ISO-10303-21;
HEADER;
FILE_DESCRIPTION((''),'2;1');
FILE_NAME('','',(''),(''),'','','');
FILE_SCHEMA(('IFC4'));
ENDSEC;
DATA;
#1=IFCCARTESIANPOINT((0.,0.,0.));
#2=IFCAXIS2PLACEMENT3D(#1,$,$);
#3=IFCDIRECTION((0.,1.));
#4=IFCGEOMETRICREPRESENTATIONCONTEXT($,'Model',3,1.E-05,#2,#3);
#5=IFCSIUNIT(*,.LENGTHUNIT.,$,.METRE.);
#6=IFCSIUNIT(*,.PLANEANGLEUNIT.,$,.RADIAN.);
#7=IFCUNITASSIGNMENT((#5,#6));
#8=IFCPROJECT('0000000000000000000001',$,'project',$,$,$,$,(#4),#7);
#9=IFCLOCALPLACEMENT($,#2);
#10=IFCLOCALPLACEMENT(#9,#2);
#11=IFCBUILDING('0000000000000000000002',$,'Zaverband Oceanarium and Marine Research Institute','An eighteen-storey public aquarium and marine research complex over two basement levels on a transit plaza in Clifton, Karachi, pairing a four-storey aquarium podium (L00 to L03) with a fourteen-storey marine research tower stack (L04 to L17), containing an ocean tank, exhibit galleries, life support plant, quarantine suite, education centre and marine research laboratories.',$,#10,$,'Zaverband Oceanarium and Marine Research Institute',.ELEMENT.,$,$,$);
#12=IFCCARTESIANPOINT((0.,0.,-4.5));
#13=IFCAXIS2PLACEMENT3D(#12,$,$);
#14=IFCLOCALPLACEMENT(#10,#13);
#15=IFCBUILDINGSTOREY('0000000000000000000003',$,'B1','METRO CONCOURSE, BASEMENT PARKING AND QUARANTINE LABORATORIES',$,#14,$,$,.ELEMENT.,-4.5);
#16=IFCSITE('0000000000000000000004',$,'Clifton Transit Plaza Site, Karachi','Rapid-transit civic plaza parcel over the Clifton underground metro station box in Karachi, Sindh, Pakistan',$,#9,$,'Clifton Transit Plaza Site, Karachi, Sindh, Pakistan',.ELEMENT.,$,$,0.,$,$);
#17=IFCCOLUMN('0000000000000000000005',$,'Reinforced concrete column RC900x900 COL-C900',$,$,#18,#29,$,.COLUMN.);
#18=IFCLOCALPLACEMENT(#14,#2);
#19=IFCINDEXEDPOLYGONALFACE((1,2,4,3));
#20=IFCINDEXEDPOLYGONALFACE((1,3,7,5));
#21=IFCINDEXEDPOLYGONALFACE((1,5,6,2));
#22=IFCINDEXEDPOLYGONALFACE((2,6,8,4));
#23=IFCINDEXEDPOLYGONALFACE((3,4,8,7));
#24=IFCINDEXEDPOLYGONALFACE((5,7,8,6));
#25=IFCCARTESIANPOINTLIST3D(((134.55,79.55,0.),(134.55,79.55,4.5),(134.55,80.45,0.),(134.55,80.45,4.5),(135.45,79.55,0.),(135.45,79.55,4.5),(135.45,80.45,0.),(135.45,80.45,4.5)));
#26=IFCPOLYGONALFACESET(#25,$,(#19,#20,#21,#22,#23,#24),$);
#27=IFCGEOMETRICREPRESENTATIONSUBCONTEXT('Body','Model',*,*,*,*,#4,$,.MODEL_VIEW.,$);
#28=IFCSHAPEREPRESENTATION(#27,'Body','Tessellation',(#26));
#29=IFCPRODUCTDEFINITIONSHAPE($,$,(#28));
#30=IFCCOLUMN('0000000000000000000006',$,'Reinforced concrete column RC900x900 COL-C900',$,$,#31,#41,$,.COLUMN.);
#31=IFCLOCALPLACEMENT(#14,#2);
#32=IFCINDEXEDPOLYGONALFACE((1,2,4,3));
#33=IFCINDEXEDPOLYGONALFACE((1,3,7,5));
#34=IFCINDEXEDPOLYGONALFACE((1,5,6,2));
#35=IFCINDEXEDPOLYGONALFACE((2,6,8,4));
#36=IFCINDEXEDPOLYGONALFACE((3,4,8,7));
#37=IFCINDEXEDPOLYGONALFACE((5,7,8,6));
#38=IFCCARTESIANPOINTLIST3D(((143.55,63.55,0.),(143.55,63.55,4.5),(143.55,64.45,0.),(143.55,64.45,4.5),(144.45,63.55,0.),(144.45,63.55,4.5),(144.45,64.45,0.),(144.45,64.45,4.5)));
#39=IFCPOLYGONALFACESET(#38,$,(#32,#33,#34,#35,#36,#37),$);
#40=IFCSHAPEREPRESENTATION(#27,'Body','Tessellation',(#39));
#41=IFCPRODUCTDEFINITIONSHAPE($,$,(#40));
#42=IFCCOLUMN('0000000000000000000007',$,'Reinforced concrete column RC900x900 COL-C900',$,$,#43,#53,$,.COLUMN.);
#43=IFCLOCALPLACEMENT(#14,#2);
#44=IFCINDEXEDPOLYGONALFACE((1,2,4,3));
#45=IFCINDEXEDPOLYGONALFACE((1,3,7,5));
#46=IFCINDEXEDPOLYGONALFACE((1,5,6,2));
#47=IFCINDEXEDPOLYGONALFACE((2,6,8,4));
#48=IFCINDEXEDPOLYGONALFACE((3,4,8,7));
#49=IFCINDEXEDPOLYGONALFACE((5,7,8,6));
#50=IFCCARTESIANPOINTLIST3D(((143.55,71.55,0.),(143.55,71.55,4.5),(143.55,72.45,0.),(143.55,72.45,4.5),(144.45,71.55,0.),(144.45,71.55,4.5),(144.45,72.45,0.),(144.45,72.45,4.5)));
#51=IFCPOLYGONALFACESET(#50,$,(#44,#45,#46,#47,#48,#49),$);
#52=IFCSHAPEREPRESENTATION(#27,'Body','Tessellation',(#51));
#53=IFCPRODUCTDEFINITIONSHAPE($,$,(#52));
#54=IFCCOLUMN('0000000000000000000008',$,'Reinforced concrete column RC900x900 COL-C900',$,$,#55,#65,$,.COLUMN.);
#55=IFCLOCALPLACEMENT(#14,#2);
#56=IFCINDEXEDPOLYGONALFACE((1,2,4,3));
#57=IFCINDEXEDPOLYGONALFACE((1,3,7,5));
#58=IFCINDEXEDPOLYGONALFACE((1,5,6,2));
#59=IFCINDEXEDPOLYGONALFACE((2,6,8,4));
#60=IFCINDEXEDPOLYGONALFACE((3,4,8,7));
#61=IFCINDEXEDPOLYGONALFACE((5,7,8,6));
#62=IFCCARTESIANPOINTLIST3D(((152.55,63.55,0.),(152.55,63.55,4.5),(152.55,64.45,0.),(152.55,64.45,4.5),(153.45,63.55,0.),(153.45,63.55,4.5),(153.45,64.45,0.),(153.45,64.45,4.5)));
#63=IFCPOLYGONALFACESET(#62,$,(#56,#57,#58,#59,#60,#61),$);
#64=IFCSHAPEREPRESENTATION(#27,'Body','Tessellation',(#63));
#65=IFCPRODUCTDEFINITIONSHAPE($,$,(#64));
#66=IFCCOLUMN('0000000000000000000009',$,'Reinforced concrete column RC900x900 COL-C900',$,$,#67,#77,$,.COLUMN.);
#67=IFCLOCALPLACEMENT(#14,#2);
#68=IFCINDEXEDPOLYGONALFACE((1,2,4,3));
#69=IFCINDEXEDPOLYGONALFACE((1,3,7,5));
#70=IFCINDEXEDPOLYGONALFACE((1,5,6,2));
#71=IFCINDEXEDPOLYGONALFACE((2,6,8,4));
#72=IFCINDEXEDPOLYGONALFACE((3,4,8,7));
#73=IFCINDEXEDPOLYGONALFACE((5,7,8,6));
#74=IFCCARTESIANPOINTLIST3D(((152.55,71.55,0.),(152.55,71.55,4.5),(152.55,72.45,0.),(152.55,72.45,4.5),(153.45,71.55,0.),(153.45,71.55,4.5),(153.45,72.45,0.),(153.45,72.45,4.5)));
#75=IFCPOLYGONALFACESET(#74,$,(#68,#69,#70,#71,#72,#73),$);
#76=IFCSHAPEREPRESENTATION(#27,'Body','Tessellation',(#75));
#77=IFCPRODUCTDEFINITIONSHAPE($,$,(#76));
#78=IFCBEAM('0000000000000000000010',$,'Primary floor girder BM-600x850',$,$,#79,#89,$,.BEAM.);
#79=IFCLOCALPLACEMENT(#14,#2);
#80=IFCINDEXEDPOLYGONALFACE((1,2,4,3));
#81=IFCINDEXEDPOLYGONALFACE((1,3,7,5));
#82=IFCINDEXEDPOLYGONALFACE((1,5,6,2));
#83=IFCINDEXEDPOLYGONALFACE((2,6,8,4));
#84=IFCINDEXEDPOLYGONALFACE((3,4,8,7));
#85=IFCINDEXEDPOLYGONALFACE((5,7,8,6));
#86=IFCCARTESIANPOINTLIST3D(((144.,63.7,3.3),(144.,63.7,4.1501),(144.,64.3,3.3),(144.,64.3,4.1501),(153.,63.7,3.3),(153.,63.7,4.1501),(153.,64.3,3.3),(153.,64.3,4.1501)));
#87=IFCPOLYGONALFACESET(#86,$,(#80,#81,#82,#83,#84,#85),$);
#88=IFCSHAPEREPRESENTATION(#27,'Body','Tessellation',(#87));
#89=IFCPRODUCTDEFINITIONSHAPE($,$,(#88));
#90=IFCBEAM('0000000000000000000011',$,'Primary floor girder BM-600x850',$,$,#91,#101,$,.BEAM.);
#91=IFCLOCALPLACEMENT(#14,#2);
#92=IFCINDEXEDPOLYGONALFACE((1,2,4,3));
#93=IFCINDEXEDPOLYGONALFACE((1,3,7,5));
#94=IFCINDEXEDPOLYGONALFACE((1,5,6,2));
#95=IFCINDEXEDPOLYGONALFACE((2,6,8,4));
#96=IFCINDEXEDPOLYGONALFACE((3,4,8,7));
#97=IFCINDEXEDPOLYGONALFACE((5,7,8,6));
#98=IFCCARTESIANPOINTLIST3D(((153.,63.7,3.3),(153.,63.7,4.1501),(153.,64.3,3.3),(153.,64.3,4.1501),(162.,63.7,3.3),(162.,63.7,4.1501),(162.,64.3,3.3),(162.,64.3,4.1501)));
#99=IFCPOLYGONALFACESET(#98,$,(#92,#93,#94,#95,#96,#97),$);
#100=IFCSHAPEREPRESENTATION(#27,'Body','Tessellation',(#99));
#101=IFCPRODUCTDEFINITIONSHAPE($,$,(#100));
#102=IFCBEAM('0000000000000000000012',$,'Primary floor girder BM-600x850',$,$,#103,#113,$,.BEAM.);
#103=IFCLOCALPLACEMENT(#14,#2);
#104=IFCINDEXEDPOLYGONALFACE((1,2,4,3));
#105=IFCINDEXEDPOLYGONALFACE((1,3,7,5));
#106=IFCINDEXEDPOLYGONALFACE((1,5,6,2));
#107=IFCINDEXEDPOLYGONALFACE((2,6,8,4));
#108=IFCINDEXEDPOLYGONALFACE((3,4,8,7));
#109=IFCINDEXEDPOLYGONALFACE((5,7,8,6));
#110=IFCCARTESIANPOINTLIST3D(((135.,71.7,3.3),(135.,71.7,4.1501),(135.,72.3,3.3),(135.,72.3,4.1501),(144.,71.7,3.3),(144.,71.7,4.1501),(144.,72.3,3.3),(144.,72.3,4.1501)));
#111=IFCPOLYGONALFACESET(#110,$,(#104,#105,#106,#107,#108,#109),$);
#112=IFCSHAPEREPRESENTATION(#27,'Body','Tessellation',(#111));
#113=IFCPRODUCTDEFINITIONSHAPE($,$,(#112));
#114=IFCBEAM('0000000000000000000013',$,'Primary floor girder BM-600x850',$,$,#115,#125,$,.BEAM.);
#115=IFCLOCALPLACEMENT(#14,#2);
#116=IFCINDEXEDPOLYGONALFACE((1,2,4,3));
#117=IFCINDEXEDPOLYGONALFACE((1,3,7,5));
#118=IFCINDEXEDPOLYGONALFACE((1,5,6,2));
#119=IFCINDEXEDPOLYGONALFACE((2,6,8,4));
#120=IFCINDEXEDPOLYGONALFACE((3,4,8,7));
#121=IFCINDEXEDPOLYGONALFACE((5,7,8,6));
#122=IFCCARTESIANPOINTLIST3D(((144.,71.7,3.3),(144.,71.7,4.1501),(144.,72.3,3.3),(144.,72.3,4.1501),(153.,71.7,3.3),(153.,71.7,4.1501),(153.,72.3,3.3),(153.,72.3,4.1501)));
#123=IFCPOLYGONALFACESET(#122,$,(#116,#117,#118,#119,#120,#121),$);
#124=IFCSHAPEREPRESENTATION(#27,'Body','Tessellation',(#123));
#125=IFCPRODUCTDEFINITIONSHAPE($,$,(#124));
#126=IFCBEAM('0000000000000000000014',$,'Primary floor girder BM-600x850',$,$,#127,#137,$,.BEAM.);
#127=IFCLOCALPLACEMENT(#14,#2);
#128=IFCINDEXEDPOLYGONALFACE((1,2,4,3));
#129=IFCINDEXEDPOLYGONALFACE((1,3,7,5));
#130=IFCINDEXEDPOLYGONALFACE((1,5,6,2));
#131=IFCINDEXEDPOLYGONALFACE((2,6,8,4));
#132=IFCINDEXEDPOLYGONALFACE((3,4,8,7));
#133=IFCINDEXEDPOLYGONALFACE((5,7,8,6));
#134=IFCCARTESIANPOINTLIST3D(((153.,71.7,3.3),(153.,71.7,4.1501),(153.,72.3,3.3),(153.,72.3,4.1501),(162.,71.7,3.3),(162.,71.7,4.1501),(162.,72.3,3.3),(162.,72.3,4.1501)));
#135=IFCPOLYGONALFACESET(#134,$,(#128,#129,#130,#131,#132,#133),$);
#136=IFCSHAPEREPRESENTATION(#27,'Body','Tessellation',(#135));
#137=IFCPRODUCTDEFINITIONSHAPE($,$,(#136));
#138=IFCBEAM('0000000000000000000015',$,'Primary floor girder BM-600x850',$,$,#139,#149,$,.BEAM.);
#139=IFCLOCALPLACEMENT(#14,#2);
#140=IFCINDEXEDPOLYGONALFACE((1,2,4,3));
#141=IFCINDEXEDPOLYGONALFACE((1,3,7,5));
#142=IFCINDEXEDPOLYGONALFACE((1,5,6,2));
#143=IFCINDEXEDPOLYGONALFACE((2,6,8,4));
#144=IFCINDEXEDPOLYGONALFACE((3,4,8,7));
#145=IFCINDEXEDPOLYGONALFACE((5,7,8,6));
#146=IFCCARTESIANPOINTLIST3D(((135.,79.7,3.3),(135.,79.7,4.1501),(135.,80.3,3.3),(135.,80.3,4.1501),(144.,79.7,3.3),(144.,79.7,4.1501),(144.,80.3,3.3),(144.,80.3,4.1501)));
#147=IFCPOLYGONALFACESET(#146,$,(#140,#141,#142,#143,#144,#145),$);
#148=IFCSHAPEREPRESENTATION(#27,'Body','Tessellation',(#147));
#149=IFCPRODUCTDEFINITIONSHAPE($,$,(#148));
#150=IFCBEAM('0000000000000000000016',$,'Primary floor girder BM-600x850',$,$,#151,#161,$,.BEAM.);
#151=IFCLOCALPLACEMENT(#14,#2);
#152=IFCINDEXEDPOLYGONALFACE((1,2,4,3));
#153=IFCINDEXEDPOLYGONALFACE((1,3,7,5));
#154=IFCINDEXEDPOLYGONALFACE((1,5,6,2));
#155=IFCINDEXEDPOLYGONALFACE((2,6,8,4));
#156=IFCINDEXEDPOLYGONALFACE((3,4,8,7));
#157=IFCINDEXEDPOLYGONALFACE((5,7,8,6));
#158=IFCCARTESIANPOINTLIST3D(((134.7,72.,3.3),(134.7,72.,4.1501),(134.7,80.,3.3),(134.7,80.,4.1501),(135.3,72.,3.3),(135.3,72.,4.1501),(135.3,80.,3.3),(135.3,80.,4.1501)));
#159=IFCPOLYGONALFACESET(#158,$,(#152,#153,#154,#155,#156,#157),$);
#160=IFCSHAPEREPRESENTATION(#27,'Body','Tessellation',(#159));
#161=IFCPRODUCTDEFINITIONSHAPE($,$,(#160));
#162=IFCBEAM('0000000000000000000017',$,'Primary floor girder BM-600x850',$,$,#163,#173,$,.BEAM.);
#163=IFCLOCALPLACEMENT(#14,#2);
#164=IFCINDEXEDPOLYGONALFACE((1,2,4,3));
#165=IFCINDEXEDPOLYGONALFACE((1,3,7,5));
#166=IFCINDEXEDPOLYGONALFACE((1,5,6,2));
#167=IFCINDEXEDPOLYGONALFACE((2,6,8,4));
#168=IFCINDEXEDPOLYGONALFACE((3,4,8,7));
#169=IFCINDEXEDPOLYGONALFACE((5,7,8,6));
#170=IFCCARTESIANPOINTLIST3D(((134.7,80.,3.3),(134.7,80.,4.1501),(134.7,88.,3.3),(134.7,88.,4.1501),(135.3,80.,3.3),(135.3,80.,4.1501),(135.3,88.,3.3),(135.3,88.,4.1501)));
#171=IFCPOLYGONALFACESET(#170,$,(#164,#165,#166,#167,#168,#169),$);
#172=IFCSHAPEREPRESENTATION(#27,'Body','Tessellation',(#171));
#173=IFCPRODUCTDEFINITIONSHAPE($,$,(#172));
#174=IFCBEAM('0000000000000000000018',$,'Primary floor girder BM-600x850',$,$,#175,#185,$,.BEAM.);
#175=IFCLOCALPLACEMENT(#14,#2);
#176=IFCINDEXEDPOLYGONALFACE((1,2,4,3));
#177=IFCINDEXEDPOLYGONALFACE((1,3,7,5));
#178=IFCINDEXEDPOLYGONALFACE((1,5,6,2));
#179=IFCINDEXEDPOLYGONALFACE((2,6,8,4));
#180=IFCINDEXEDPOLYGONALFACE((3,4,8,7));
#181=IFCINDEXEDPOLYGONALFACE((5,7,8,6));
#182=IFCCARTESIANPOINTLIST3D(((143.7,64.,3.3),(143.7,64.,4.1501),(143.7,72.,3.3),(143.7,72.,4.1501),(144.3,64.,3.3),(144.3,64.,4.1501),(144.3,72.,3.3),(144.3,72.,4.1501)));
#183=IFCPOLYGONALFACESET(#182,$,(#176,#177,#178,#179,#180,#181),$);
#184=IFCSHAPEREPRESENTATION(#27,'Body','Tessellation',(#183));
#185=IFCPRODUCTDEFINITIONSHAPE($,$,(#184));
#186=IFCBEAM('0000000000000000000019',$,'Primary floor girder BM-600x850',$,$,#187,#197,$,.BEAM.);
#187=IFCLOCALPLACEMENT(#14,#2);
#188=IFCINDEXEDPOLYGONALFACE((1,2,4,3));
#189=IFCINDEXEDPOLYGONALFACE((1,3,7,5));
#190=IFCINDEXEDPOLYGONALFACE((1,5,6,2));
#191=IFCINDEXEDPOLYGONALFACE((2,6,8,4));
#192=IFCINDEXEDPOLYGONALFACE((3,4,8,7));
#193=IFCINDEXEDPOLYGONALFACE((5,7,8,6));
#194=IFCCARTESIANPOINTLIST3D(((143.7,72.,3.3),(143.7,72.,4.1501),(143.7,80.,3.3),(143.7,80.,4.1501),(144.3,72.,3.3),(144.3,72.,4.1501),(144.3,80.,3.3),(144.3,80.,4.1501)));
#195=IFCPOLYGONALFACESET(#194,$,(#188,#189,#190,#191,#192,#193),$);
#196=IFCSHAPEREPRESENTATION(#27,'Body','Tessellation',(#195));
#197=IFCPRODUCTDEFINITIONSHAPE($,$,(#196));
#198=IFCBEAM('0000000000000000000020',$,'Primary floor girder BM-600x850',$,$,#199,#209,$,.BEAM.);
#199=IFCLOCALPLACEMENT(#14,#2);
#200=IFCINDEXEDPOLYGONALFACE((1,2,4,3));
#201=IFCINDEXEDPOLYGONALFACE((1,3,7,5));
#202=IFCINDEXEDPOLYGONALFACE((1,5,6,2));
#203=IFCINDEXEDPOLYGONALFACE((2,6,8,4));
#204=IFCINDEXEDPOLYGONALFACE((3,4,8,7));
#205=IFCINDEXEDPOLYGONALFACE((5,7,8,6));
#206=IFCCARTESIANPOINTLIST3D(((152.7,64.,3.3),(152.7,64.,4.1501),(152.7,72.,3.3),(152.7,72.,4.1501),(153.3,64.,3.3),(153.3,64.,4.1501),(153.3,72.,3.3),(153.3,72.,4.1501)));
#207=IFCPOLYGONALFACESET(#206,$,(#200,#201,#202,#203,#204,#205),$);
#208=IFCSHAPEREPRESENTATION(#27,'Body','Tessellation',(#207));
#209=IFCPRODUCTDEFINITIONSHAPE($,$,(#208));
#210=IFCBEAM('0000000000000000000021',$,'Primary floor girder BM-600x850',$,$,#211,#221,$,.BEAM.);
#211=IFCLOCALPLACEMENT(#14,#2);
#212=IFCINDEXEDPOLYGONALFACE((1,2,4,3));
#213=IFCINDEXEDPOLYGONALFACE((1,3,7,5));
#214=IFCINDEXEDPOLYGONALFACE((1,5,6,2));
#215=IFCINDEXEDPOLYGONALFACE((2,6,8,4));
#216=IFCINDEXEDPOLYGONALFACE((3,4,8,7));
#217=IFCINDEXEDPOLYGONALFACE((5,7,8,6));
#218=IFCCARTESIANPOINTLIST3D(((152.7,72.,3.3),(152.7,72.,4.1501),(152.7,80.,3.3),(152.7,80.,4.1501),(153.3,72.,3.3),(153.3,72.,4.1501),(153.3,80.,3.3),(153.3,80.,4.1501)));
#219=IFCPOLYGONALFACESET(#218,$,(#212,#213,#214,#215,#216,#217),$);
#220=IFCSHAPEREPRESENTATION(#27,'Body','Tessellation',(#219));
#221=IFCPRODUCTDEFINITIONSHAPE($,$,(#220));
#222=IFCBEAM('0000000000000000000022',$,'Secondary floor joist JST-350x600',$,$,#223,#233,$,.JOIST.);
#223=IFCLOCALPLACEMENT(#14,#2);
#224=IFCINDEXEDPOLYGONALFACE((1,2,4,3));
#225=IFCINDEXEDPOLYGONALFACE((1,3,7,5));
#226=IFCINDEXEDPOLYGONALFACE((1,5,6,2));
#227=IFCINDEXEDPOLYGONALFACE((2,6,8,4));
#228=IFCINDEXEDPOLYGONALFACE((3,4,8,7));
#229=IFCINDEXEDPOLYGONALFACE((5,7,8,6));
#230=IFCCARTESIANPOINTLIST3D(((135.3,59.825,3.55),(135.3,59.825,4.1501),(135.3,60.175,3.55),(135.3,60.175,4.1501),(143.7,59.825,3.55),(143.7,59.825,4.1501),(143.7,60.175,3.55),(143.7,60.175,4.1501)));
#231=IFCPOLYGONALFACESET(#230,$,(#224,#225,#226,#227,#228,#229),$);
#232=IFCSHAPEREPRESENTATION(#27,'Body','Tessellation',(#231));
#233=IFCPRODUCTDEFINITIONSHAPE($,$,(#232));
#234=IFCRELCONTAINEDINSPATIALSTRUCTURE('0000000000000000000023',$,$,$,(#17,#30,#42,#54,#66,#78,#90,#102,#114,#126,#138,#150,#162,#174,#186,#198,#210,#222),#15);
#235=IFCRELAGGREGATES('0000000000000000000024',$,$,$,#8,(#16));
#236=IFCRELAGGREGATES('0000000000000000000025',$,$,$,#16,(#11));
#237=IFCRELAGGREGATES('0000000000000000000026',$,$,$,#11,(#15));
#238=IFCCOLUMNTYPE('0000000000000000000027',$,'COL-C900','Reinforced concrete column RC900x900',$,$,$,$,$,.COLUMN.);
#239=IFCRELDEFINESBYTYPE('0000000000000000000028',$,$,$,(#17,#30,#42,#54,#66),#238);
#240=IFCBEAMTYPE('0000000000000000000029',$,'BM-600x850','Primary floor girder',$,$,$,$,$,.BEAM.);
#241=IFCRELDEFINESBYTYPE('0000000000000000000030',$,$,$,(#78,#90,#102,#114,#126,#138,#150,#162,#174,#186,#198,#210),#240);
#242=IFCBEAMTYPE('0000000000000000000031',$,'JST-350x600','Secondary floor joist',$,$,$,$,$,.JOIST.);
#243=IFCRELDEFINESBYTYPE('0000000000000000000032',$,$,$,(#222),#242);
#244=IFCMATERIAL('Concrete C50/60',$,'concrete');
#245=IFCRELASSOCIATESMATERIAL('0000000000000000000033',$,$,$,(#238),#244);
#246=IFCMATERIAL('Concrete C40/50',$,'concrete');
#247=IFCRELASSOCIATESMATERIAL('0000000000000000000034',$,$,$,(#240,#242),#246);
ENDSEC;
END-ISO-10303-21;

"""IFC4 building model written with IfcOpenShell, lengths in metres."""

from ifc_helpers import new_model, si_unit, direction, frame, origin, origin_2d, place, context, subcontext, project, spatial, rectangle, extrude, material, material_profile, profile_set, type_object, element, save


model = new_model("IFC4")

# Units and contexts
model_context = context("Model", 3, precision=1e-05, world=origin(), true_north=direction((0.0, 1.0)))
body_context = subcontext(model_context, "Body", "Model", "MODEL_VIEW")
ifc_project = project(units=[si_unit("LENGTHUNIT", "METRE"), si_unit("PLANEANGLEUNIT", "RADIAN")], contexts=[model_context])

# Site, building, storey
site_placement = place(None, origin())
site = spatial("IfcSite", under=ifc_project, at=site_placement, Name="Clifton Transit Plaza Site, Karachi", Description="Rapid-transit civic plaza parcel over the Clifton underground metro station box in Karachi, Sindh, Pakistan", LongName="Clifton Transit Plaza Site, Karachi, Sindh, Pakistan", CompositionType="ELEMENT", RefElevation=0.0)
building_placement = place(site_placement, origin())
building = spatial("IfcBuilding", under=site, at=building_placement, Name="Zaverband Oceanarium and Marine Research Institute", Description="An eighteen-storey public aquarium and marine research complex over two basement levels on a transit plaza in Clifton, Karachi, pairing a four-storey aquarium podium (L00 to L03) with a fourteen-storey marine research tower stack (L04 to L17), containing an ocean tank, exhibit galleries, life support plant, quarantine suite, education centre and marine research laboratories.", LongName="Zaverband Oceanarium and Marine Research Institute", CompositionType="ELEMENT")
storey_placement = place(building_placement, frame((0.0, 0.0, -4.5)))
storey = spatial("IfcBuildingStorey", under=building, at=storey_placement, Name="B1", Description="METRO CONCOURSE, BASEMENT PARKING AND QUARANTINE LABORATORIES", CompositionType="ELEMENT", Elevation=-4.5)

# Columns
ifc_material_1 = material(Name="Concrete C50/60", Category="concrete")
ifc_material_profile_1 = material_profile(ifc_material_1, rectangle(XDim=0.8999, YDim=0.8999, at=origin_2d()), Name="RC900x900")
ifc_profile_set_1 = profile_set([ifc_material_profile_1], Name="Concrete C50/60")
column_type = type_object("IfcColumnType", Name="COL-C900", Description="Reinforced concrete column RC900x900", PredefinedType="COLUMN", material=ifc_profile_set_1)
for number, where, z_axis, x_axis, name in (
    (1, (135.0, 80.0, 0.0), (0.0, 0.0, 1.0), (1.0, 0.0, 0.0), "Reinforced concrete column RC900x900 COL-C900"),
    (2, (144.0, 64.0, 0.0), (0.0, 0.0, 1.0), (1.0, 0.0, 0.0), "Reinforced concrete column RC900x900 COL-C900"),
    (3, (144.0, 72.0, 0.0), (0.0, 0.0, 1.0), (1.0, 0.0, 0.0), "Reinforced concrete column RC900x900 COL-C900"),
    (4, (153.0, 64.0, 0.0), (0.0, 0.0, 1.0), (1.0, 0.0, 0.0), "Reinforced concrete column RC900x900 COL-C900"),
    (5, (153.0, 72.0, 0.0), (0.0, 0.0, 1.0), (1.0, 0.0, 0.0), "Reinforced concrete column RC900x900 COL-C900"),
):
    element("IfcColumn", number, at=place(storey_placement, frame(where, z_axis=z_axis, x_axis=x_axis)), inside=storey, type_object=column_type, Name=name, PredefinedType="COLUMN", context=body_context, shape_type="SweptSolid", body=[
        extrude(rectangle(XDim=0.8999, YDim=0.8999, at=origin_2d()), origin(), (0.0, 0.0, 1.0), 4.5),
    ])

# Beams
ifc_material_2 = material(Name="Concrete C40/50", Category="concrete")
ifc_material_profile_2 = material_profile(ifc_material_2, rectangle(XDim=0.6001, YDim=0.8501, at=origin_2d()), Name="RC600x850")
ifc_profile_set_2 = profile_set([ifc_material_profile_2], Name="Concrete C40/50")
beam_type_1 = type_object("IfcBeamType", Name="BM-600x850", Description="Primary floor girder", PredefinedType="BEAM", material=ifc_profile_set_2)
for number, where, z_axis, x_axis, name in (
    (6, (144.0, 64.0, 3.7251), (1.0, 0.0, 0.0), (0.0, 1.0, 0.0), "Primary floor girder BM-600x850"),
    (7, (153.0, 64.0, 3.7251), (1.0, 0.0, 0.0), (0.0, 1.0, 0.0), "Primary floor girder BM-600x850"),
    (8, (135.0, 72.0, 3.7251), (1.0, 0.0, 0.0), (0.0, 1.0, 0.0), "Primary floor girder BM-600x850"),
    (9, (144.0, 72.0, 3.7251), (1.0, 0.0, 0.0), (0.0, 1.0, 0.0), "Primary floor girder BM-600x850"),
    (10, (153.0, 72.0, 3.7251), (1.0, 0.0, 0.0), (0.0, 1.0, 0.0), "Primary floor girder BM-600x850"),
    (11, (135.0, 80.0, 3.7251), (1.0, 0.0, 0.0), (0.0, 1.0, 0.0), "Primary floor girder BM-600x850"),
):
    element("IfcBeam", number, at=place(storey_placement, frame(where, z_axis=z_axis, x_axis=x_axis)), inside=storey, type_object=beam_type_1, Name=name, PredefinedType="BEAM", context=body_context, shape_type="SweptSolid", body=[
        extrude(rectangle(XDim=0.6001, YDim=0.8501, at=origin_2d()), origin(), (0.0, 0.0, 1.0), 9.0),
    ])
for number, where, z_axis, x_axis, name in (
    (12, (135.0, 72.0, 3.7251), (0.0, 1.0, 0.0), (-1.0, 0.0, 0.0), "Primary floor girder BM-600x850"),
    (13, (135.0, 80.0, 3.7251), (0.0, 1.0, 0.0), (-1.0, 0.0, 0.0), "Primary floor girder BM-600x850"),
    (14, (144.0, 64.0, 3.7251), (0.0, 1.0, 0.0), (-1.0, 0.0, 0.0), "Primary floor girder BM-600x850"),
    (15, (144.0, 72.0, 3.7251), (0.0, 1.0, 0.0), (-1.0, 0.0, 0.0), "Primary floor girder BM-600x850"),
    (16, (153.0, 64.0, 3.7251), (0.0, 1.0, 0.0), (-1.0, 0.0, 0.0), "Primary floor girder BM-600x850"),
    (17, (153.0, 72.0, 3.7251), (0.0, 1.0, 0.0), (-1.0, 0.0, 0.0), "Primary floor girder BM-600x850"),
):
    element("IfcBeam", number, at=place(storey_placement, frame(where, z_axis=z_axis, x_axis=x_axis)), inside=storey, type_object=beam_type_1, Name=name, PredefinedType="BEAM", context=body_context, shape_type="SweptSolid", body=[
        extrude(rectangle(XDim=0.6001, YDim=0.8501, at=origin_2d()), origin(), (0.0, 0.0, 1.0), 8.0),
    ])
ifc_material_profile_3 = material_profile(ifc_material_2, rectangle(XDim=0.3501, YDim=0.6001, at=origin_2d()), Name="RC350x600")
ifc_profile_set_3 = profile_set([ifc_material_profile_3], Name="Concrete C40/50")
beam_type_2 = type_object("IfcBeamType", Name="JST-350x600", Description="Secondary floor joist", PredefinedType="JOIST", material=ifc_profile_set_3)
for number, where, z_axis, x_axis, name in (
    (18, (135.3, 60.0, 3.8501), (1.0, 0.0, 0.0), (0.0, 1.0, 0.0), "Secondary floor joist JST-350x600"),
):
    element("IfcBeam", number, at=place(storey_placement, frame(where, z_axis=z_axis, x_axis=x_axis)), inside=storey, type_object=beam_type_2, Name=name, PredefinedType="JOIST", context=body_context, shape_type="SweptSolid", body=[
        extrude(rectangle(XDim=0.3501, YDim=0.6001, at=origin_2d()), origin(), (0.0, 0.0, 1.0), 8.3999),
    ])

save(model, "model.ifc")
